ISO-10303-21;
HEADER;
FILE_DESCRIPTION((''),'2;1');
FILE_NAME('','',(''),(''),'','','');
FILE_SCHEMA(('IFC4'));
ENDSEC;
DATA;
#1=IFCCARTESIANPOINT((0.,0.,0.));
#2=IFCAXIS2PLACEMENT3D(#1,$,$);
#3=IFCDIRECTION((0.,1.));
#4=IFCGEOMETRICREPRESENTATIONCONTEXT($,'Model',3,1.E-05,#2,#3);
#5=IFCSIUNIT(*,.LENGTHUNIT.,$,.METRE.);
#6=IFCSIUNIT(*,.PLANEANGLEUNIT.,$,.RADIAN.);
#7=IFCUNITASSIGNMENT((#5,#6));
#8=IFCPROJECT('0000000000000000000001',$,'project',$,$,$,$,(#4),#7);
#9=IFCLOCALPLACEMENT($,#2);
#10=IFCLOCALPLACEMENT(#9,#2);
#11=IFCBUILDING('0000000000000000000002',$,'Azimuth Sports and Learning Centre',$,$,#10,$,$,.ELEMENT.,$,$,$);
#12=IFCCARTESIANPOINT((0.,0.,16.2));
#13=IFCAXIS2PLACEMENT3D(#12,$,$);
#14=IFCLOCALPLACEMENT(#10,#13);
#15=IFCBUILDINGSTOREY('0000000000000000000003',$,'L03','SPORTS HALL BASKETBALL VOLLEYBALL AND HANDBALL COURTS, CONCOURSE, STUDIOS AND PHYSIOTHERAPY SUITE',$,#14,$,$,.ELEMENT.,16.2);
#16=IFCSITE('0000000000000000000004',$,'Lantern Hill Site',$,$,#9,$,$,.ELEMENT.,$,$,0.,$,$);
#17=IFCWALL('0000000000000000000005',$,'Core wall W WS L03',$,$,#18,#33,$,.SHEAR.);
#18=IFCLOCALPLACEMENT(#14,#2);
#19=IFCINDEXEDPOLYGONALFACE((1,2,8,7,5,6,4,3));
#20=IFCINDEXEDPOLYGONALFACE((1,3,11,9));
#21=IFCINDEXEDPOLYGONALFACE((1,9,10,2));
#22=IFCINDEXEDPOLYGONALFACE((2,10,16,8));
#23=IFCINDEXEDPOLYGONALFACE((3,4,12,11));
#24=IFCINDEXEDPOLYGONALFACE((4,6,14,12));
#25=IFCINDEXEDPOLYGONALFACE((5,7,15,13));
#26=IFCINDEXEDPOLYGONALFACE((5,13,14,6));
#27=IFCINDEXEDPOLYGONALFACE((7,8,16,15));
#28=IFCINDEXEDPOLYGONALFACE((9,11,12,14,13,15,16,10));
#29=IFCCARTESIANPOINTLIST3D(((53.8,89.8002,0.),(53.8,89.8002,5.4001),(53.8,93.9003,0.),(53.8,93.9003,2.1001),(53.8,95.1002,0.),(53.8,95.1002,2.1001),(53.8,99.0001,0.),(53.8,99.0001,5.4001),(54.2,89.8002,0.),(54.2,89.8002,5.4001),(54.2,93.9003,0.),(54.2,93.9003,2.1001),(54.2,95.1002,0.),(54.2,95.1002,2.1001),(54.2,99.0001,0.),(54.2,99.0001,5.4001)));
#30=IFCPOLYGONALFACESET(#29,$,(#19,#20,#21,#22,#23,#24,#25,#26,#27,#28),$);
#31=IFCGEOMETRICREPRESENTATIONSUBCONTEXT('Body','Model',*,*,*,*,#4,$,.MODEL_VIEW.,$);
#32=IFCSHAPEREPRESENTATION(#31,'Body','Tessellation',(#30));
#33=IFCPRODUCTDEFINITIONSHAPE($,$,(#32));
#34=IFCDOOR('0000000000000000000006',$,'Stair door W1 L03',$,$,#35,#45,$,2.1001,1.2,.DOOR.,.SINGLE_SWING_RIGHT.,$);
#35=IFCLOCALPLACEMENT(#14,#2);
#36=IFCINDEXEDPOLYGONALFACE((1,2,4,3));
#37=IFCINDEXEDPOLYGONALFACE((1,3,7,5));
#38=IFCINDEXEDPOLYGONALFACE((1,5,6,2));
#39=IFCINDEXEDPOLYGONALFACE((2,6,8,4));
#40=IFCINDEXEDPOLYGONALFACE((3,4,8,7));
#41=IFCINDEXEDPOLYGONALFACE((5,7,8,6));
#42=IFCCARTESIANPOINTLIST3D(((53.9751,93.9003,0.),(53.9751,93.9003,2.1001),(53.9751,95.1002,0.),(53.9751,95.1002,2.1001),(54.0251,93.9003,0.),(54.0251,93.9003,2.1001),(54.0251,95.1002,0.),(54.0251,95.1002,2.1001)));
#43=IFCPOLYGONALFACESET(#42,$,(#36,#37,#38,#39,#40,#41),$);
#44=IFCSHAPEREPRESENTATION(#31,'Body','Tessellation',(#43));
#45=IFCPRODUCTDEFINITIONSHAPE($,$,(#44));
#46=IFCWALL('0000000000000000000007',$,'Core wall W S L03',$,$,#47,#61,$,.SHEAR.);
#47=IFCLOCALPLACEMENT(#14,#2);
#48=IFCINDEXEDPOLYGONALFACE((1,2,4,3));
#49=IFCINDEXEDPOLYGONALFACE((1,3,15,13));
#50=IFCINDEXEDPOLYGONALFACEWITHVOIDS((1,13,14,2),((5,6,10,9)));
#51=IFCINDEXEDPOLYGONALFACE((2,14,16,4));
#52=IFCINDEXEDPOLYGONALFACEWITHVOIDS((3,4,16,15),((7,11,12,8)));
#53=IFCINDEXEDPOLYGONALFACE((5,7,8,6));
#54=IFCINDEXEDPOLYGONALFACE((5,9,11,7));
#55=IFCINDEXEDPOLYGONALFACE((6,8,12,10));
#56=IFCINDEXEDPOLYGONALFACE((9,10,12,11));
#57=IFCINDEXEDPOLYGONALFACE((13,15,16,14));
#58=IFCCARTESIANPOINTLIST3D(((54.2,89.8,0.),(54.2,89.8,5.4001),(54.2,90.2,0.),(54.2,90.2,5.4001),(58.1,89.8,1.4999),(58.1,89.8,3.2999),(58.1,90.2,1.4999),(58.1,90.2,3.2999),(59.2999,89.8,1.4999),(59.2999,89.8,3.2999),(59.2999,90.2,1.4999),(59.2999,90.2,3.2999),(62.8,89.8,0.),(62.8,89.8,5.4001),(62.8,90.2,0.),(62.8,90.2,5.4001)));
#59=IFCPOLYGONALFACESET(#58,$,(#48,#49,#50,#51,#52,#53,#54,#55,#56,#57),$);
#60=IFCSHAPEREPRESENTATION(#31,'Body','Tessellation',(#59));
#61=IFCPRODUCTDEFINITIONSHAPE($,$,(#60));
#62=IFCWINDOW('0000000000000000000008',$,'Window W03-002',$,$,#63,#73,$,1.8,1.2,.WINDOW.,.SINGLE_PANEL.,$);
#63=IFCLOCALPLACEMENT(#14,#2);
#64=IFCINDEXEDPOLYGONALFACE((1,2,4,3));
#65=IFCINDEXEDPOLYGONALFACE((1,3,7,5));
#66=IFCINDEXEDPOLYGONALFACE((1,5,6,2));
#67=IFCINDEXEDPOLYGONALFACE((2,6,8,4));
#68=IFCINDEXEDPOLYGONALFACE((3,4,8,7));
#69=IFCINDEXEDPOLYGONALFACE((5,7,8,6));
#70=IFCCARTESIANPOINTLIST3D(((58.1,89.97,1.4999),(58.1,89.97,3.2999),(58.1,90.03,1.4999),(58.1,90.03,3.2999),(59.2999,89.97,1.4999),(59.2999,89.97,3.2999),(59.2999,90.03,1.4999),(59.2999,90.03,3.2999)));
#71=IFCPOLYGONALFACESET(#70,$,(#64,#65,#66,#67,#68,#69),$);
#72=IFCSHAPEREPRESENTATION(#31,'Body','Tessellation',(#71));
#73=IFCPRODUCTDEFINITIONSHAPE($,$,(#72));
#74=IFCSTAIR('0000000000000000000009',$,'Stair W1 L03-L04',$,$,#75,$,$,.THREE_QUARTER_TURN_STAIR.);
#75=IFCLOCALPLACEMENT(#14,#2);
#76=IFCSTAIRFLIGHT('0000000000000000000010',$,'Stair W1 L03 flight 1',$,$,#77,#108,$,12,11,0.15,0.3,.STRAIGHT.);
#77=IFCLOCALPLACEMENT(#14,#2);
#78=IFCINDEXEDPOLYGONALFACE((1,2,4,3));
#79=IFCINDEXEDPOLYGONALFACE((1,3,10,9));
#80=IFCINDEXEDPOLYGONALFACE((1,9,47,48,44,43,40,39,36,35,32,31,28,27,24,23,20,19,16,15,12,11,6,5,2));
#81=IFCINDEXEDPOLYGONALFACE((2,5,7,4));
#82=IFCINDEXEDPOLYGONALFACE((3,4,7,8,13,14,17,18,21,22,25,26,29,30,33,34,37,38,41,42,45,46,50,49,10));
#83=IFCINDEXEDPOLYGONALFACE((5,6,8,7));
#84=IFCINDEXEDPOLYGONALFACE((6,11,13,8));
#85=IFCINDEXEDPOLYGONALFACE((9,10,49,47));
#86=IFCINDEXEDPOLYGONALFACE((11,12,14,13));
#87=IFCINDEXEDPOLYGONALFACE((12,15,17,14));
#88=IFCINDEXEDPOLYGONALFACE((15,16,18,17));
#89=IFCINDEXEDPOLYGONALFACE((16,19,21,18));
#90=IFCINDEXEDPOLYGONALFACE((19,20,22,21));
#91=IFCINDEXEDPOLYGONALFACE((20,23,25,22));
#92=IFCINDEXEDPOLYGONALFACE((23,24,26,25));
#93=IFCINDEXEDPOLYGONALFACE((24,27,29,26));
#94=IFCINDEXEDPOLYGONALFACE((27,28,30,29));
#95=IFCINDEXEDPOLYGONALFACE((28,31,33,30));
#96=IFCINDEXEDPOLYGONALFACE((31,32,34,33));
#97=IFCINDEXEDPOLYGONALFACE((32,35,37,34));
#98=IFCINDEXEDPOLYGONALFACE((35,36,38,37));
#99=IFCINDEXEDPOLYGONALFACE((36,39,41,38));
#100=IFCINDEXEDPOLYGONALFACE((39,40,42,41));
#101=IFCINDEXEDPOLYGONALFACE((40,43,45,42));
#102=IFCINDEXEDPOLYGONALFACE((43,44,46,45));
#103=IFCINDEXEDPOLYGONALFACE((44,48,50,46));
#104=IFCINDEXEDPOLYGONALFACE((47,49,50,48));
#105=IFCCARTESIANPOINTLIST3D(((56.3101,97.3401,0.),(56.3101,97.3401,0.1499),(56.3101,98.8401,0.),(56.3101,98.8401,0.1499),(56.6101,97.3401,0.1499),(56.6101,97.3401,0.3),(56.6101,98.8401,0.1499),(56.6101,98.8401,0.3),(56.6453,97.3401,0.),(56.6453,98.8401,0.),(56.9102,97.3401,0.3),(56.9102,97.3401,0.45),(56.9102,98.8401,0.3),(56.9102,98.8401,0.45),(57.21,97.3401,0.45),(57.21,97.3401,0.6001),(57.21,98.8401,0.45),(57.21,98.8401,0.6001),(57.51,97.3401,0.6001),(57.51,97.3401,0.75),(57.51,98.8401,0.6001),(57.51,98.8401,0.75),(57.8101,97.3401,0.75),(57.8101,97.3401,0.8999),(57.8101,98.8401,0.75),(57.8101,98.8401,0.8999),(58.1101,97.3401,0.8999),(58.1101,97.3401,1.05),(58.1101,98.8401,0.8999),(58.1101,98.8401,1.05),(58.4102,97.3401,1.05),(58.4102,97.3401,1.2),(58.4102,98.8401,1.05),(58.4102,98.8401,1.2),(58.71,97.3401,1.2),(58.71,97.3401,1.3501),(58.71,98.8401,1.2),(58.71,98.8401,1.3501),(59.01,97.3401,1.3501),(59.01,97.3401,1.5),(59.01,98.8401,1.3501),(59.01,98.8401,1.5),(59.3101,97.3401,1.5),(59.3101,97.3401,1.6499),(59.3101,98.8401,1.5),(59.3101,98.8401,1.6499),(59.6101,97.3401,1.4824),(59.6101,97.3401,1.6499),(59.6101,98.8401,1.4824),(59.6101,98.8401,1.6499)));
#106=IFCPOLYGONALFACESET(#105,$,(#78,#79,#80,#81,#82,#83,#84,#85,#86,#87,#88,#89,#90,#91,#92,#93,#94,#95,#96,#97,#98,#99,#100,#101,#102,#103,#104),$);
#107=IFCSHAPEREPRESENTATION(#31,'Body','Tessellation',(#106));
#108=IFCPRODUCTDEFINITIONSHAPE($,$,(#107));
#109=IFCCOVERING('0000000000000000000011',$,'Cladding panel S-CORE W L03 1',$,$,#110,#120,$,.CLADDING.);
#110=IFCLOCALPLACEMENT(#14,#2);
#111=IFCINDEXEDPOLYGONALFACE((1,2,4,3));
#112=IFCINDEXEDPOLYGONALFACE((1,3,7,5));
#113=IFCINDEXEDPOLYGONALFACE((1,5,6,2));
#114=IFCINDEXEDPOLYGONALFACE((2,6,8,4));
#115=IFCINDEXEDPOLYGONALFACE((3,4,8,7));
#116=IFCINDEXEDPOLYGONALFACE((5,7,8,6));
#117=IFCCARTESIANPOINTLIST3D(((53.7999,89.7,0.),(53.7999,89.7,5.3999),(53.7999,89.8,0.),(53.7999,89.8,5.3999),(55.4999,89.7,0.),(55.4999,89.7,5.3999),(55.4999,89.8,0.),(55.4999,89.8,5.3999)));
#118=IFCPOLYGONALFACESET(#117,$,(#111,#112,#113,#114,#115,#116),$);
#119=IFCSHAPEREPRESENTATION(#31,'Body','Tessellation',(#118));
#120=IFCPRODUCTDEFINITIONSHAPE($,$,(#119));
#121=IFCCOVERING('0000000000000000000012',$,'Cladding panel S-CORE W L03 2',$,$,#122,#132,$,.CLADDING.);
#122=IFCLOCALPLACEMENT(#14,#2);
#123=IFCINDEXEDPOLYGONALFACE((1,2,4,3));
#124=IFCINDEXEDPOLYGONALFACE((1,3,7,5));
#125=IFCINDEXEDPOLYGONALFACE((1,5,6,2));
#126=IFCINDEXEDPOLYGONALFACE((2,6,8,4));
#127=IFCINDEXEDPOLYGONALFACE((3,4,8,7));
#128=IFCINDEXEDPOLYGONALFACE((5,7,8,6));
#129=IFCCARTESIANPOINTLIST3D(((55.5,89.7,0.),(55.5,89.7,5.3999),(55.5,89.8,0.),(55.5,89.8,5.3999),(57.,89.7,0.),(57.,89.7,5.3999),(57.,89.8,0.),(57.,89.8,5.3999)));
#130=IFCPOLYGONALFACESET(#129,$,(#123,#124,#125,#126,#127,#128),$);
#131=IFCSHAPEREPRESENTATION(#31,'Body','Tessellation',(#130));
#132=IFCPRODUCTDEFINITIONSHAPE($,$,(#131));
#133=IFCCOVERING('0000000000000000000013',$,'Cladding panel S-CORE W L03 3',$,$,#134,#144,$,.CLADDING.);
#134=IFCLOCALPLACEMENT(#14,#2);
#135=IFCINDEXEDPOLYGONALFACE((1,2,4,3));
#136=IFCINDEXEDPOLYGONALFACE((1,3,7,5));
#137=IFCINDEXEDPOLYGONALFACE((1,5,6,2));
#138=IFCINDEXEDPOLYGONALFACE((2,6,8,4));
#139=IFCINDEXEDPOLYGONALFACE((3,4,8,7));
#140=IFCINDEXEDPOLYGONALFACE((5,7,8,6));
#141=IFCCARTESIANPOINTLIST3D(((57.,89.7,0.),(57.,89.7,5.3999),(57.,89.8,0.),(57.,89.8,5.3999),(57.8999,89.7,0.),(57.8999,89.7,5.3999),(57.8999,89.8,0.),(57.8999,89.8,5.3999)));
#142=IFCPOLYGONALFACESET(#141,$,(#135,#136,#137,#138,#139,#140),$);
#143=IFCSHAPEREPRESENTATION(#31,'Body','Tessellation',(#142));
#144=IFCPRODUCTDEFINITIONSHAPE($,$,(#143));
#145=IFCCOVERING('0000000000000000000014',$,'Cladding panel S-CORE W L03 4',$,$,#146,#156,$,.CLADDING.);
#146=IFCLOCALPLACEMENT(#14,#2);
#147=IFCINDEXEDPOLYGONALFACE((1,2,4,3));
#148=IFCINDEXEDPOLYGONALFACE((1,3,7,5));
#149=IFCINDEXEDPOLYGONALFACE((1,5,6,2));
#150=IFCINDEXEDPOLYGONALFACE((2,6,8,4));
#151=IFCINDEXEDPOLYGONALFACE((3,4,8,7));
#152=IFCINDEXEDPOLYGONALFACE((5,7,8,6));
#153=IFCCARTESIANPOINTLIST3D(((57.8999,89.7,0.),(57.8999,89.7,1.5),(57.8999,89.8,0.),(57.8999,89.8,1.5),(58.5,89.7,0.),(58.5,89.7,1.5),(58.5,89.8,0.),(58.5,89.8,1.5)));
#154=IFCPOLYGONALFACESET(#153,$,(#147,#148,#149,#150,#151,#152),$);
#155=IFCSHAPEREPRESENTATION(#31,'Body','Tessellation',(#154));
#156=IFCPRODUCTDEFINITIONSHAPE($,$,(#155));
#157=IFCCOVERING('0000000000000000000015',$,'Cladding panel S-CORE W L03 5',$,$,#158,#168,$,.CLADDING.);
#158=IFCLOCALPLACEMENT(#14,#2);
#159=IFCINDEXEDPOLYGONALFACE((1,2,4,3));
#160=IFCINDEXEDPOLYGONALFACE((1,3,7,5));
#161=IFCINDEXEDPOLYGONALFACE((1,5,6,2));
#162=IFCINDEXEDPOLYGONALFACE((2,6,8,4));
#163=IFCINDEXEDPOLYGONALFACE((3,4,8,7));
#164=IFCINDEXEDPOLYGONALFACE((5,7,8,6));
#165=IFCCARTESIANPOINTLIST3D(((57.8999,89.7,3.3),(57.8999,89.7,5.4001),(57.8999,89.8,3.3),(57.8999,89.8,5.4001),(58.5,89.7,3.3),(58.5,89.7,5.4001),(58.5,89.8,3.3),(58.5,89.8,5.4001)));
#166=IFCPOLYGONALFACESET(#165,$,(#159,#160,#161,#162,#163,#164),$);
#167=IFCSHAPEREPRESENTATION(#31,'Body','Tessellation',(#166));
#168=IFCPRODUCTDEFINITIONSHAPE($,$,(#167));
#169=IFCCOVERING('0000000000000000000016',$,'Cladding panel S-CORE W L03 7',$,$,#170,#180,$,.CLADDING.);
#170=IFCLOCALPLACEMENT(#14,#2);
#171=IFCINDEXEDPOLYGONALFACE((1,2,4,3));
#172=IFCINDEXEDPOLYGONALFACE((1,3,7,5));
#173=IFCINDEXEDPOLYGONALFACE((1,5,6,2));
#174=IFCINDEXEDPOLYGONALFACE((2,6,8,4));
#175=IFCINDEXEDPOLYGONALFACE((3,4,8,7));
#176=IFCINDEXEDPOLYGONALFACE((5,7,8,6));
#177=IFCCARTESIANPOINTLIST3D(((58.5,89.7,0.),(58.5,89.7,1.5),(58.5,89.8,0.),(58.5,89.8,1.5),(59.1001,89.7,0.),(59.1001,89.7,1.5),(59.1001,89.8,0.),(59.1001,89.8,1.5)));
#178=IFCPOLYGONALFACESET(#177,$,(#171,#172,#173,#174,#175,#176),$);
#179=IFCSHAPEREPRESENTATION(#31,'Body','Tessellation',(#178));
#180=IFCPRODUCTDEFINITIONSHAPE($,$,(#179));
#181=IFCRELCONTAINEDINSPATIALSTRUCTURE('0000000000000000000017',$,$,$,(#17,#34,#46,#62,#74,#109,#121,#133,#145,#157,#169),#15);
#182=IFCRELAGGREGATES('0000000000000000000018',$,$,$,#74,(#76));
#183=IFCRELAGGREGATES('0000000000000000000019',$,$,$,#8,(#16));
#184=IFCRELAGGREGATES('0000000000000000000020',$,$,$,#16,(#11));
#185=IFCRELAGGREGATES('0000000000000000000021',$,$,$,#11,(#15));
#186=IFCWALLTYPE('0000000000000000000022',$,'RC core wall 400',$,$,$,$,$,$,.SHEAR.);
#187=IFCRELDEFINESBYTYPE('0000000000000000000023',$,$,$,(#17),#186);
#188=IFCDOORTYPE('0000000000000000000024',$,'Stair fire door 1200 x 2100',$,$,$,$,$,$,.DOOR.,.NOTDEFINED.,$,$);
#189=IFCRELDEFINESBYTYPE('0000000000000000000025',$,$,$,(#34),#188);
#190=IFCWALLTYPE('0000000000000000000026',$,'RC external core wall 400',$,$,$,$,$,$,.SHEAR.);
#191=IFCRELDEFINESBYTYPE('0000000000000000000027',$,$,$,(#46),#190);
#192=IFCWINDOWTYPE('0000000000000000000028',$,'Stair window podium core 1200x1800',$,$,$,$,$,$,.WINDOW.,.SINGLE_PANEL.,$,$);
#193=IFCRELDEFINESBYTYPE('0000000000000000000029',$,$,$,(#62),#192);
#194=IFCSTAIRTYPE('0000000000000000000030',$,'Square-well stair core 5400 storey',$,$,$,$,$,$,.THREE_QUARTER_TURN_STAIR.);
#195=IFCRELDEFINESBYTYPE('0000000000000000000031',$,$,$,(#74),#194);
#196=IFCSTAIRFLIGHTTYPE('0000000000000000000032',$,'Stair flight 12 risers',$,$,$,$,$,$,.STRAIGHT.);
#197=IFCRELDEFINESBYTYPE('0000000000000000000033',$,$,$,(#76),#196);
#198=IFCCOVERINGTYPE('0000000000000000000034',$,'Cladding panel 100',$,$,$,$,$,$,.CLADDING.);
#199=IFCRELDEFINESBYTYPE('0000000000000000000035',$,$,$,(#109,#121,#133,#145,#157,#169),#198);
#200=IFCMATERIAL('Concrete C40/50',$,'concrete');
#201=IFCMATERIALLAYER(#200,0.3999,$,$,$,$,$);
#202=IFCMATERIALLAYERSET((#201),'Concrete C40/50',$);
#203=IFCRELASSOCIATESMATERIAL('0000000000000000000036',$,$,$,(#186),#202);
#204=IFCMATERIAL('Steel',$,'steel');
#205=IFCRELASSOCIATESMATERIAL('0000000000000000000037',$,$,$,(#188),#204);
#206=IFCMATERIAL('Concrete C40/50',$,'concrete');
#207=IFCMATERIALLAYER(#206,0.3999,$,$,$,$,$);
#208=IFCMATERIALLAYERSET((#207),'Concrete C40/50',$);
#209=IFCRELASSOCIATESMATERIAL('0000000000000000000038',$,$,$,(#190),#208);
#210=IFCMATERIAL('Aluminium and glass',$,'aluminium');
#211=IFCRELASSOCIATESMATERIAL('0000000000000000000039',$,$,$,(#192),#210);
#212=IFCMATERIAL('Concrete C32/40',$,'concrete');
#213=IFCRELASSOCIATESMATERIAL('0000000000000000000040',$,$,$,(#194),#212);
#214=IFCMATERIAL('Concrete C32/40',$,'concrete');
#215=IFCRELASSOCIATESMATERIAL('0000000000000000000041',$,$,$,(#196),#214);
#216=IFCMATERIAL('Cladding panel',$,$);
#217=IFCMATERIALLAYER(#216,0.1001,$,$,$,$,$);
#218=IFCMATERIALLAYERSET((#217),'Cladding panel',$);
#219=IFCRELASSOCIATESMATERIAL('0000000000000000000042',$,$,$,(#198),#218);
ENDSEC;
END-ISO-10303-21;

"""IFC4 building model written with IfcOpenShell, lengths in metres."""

from ifc_helpers import new_model, si_unit, direction, frame, frame_2d, origin, origin_2d, place, context, subcontext, project, spatial, polyline, rectangle, outline, extrude, material, layer, layer_set, type_object, element, fill, aggregate, save


model = new_model("IFC4")

# Units and contexts
model_context = context("Model", 3, precision=1e-05, world=origin(), true_north=direction((0.0, 1.0)))
body_context = subcontext(model_context, "Body", "Model", "MODEL_VIEW")
ifc_project = project(units=[si_unit("LENGTHUNIT", "METRE"), si_unit("PLANEANGLEUNIT", "RADIAN")], contexts=[model_context])

# Site, building, storey
site_placement = place(None, origin())
site = spatial("IfcSite", under=ifc_project, at=site_placement, Name="Lantern Hill Site", CompositionType="ELEMENT", RefElevation=0.0)
building_placement = place(site_placement, origin())
building = spatial("IfcBuilding", under=site, at=building_placement, Name="Azimuth Sports and Learning Centre", CompositionType="ELEMENT")
storey_placement = place(building_placement, frame((0.0, 0.0, 16.2)))
storey = spatial("IfcBuildingStorey", under=building, at=storey_placement, Name="L03", Description="SPORTS HALL BASKETBALL VOLLEYBALL AND HANDBALL COURTS, CONCOURSE, STUDIOS AND PHYSIOTHERAPY SUITE", CompositionType="ELEMENT", Elevation=16.2)

# Wall, opening, door
ifc_material_1 = material(Name="Concrete C40/50", Category="concrete")
ifc_layer_1 = layer(ifc_material_1, 0.3999)
ifc_layer_set_1 = layer_set([ifc_layer_1], Name="Concrete C40/50")
wall_type_1 = type_object("IfcWallType", Name="RC core wall 400", PredefinedType="SHEAR", material=ifc_layer_set_1)
wall_1_placement = place(storey_placement, frame((54.0, 89.8, 0.0), z_axis=(0.0, 0.0, 1.0), x_axis=(0.0, 1.0, 0.0)))
wall_1 = element("IfcWall", 1, at=wall_1_placement, inside=storey, type_object=wall_type_1, Name="Core wall W WS L03", PredefinedType="SHEAR", context=body_context, shape_type="SweptSolid", body=[
    extrude(rectangle(XDim=9.2, YDim=0.3999, at=frame_2d((4.6001, 0.0))), origin(), (0.0, 0.0, 1.0), 5.4001),
])
opening_1_placement = place(wall_1_placement, frame((4.1001, 0.0, 0.0)))
opening_1 = element("IfcOpeningElement", 2, at=opening_1_placement, cuts=wall_1, PredefinedType="OPENING", context=body_context, shape_type="SweptSolid", body=[
    extrude(rectangle(XDim=1.2, YDim=2.1001, at=frame_2d((0.6001, 1.05))), frame((0.0, 0.2109, 0.0), z_axis=(0.0, -1.0, 0.0), x_axis=(1.0, 0.0, 0.0)), (0.0, 0.0, 1.0), 0.4219),
])
ifc_material_2 = material(Name="Steel", Category="steel")
door_type = type_object("IfcDoorType", Name="Stair fire door 1200 x 2100", OperationType="NOTDEFINED", PredefinedType="DOOR", material=ifc_material_2)
door_placement = place(opening_1_placement, origin())
door = element("IfcDoor", 3, at=door_placement, inside=storey, type_object=door_type, Name="Stair door W1 L03", OperationType="SINGLE_SWING_RIGHT", OverallHeight=2.1001, OverallWidth=1.2, PredefinedType="DOOR", context=body_context, shape_type="SweptSolid", body=[
    extrude(rectangle(XDim=1.2, YDim=2.1001, at=frame_2d((0.6001, 1.05))), frame((0.0, 0.0249, 0.0), z_axis=(0.0, -1.0, 0.0), x_axis=(1.0, 0.0, 0.0)), (0.0, 0.0, 1.0), 0.05),
])
fill(opening_1, door)

# Wall, opening, window
ifc_material_3 = material(Name="Concrete C40/50", Category="concrete")
ifc_layer_2 = layer(ifc_material_3, 0.3999)
ifc_layer_set_2 = layer_set([ifc_layer_2], Name="Concrete C40/50")
wall_type_2 = type_object("IfcWallType", Name="RC external core wall 400", PredefinedType="SHEAR", material=ifc_layer_set_2)
wall_2_placement = place(storey_placement, frame((54.2, 90.0, 0.0), z_axis=(0.0, 0.0, 1.0), x_axis=(1.0, 0.0, 0.0)))
wall_2 = element("IfcWall", 4, at=wall_2_placement, inside=storey, type_object=wall_type_2, Name="Core wall W S L03", PredefinedType="SHEAR", context=body_context, shape_type="SweptSolid", body=[
    extrude(rectangle(XDim=8.6001, YDim=0.3999, at=frame_2d((4.3, 0.0))), origin(), (0.0, 0.0, 1.0), 5.4001),
])
opening_2_placement = place(wall_2_placement, frame((3.8999, 0.0, 1.5)))
opening_2 = element("IfcOpeningElement", 5, at=opening_2_placement, cuts=wall_2, PredefinedType="OPENING", context=body_context, shape_type="SweptSolid", body=[
    extrude(rectangle(XDim=1.2, YDim=1.8, at=frame_2d((0.6001, 0.8999))), frame((0.0, 0.2109, 0.0), z_axis=(0.0, -1.0, 0.0), x_axis=(1.0, 0.0, 0.0)), (0.0, 0.0, 1.0), 0.4219),
])
ifc_material_4 = material(Name="Aluminium and glass", Category="aluminium")
window_type = type_object("IfcWindowType", Name="Stair window podium core 1200x1800", PartitioningType="SINGLE_PANEL", PredefinedType="WINDOW", material=ifc_material_4)
window_placement = place(opening_2_placement, origin())
window = element("IfcWindow", 6, at=window_placement, inside=storey, type_object=window_type, Name="Window W03-002", OverallHeight=1.8, OverallWidth=1.2, PartitioningType="SINGLE_PANEL", PredefinedType="WINDOW", context=body_context, shape_type="SweptSolid", body=[
    extrude(rectangle(XDim=1.2, YDim=1.8, at=frame_2d((0.6001, 0.8999))), frame((0.0, 0.03, 0.0), z_axis=(0.0, -1.0, 0.0), x_axis=(1.0, 0.0, 0.0)), (0.0, 0.0, 1.0), 0.0601),
])
fill(opening_2, window)

# Stair, stair flight
ifc_material_5 = material(Name="Concrete C32/40", Category="concrete")
stair_type = type_object("IfcStairType", Name="Square-well stair core 5400 storey", PredefinedType="THREE_QUARTER_TURN_STAIR", material=ifc_material_5)
stair_placement = place(storey_placement, origin())
stair = element("IfcStair", 7, at=stair_placement, inside=storey, type_object=stair_type, Name="Stair W1 L03-L04", PredefinedType="THREE_QUARTER_TURN_STAIR")
ifc_material_6 = material(Name="Concrete C32/40", Category="concrete")
stair_flight_type = type_object("IfcStairFlightType", Name="Stair flight 12 risers", PredefinedType="STRAIGHT", material=ifc_material_6)
stair_flight_placement = place(storey_placement, frame((56.3101, 98.0901, 0.0), z_axis=(0.0, 0.0, 1.0), x_axis=(1.0, 0.0, 0.0)))
stair_flight = element("IfcStairFlight", 8, at=stair_flight_placement, type_object=stair_flight_type, Name="Stair W1 L03 flight 1", NumberOfRisers=12, NumberOfTreads=11, PredefinedType="STRAIGHT", RiserHeight=0.15, TreadLength=0.3, context=body_context, shape_type="SweptSolid", body=[
    extrude(outline(polyline([(0.0, 0.0), (0.0, 0.1499), (0.3, 0.1499), (0.3, 0.3), (0.6001, 0.3), (0.6001, 0.45), (0.8999, 0.45), (0.8999, 0.6001), (1.2, 0.6001), (1.2, 0.75), (1.5, 0.75), (1.5, 0.8999), (1.8, 0.8999), (1.8, 1.05), (2.1001, 1.05), (2.1001, 1.2), (2.3999, 1.2), (2.3999, 1.3501), (2.7, 1.3501), (2.7, 1.5), (3.0, 1.5), (3.0, 1.6499), (3.3, 1.6499), (3.3, 1.8), (3.3, 1.4824), (0.3352, 0.0), (0.0, 0.0)])), frame((0.0, 0.75, 0.0), z_axis=(0.0, -1.0, 0.0), x_axis=(1.0, 0.0, 0.0)), (0.0, 0.0, 1.0), 1.5),
])
aggregate(stair, [stair_flight])

# Coverings
ifc_material_7 = material(Name="Cladding panel")
ifc_layer_3 = layer(ifc_material_7, 0.1001)
ifc_layer_set_3 = layer_set([ifc_layer_3], Name="Cladding panel")
covering_type = type_object("IfcCoveringType", Name="Cladding panel 100", PredefinedType="CLADDING", material=ifc_layer_set_3)
covering_1_placement = place(storey_placement, frame((54.6499, 89.75, 0.0), z_axis=(0.0, 0.0, 1.0), x_axis=(1.0, 0.0, 0.0)))
element("IfcCovering", 9, at=covering_1_placement, inside=storey, type_object=covering_type, Name="Cladding panel S-CORE W L03 1", PredefinedType="CLADDING", context=body_context, shape_type="SweptSolid", body=[
    extrude(rectangle(XDim=1.7, YDim=0.1001, at=origin_2d()), origin(), (0.0, 0.0, 1.0), 5.3999),
])
covering_2_placement = place(storey_placement, frame((56.25, 89.75, 0.0), z_axis=(0.0, 0.0, 1.0), x_axis=(1.0, 0.0, 0.0)))
element("IfcCovering", 10, at=covering_2_placement, inside=storey, type_object=covering_type, Name="Cladding panel S-CORE W L03 2", PredefinedType="CLADDING", context=body_context, shape_type="SweptSolid", body=[
    extrude(rectangle(XDim=1.5, YDim=0.1001, at=origin_2d()), origin(), (0.0, 0.0, 1.0), 5.3999),
])
covering_3_placement = place(storey_placement, frame((57.45, 89.75, 0.0), z_axis=(0.0, 0.0, 1.0), x_axis=(1.0, 0.0, 0.0)))
element("IfcCovering", 11, at=covering_3_placement, inside=storey, type_object=covering_type, Name="Cladding panel S-CORE W L03 3", PredefinedType="CLADDING", context=body_context, shape_type="SweptSolid", body=[
    extrude(rectangle(XDim=0.8999, YDim=0.1001, at=origin_2d()), origin(), (0.0, 0.0, 1.0), 5.3999),
])
covering_4_placement = place(storey_placement, frame((58.2, 89.75, 0.0), z_axis=(0.0, 0.0, 1.0), x_axis=(1.0, 0.0, 0.0)))
element("IfcCovering", 12, at=covering_4_placement, inside=storey, type_object=covering_type, Name="Cladding panel S-CORE W L03 4", PredefinedType="CLADDING", context=body_context, shape_type="SweptSolid", body=[
    extrude(rectangle(XDim=0.6001, YDim=0.1001, at=origin_2d()), origin(), (0.0, 0.0, 1.0), 1.5),
])
covering_5_placement = place(storey_placement, frame((58.2, 89.75, 3.3), z_axis=(0.0, 0.0, 1.0), x_axis=(1.0, 0.0, 0.0)))
element("IfcCovering", 13, at=covering_5_placement, inside=storey, type_object=covering_type, Name="Cladding panel S-CORE W L03 5", PredefinedType="CLADDING", context=body_context, shape_type="SweptSolid", body=[
    extrude(rectangle(XDim=0.6001, YDim=0.1001, at=origin_2d()), origin(), (0.0, 0.0, 1.0), 2.1001),
])
covering_6_placement = place(storey_placement, frame((58.8, 89.75, 0.0), z_axis=(0.0, 0.0, 1.0), x_axis=(1.0, 0.0, 0.0)))
element("IfcCovering", 14, at=covering_6_placement, inside=storey, type_object=covering_type, Name="Cladding panel S-CORE W L03 7", PredefinedType="CLADDING", context=body_context, shape_type="SweptSolid", body=[
    extrude(rectangle(XDim=0.6001, YDim=0.1001, at=origin_2d()), origin(), (0.0, 0.0, 1.0), 1.5),
])

save(model, "model.ifc")
